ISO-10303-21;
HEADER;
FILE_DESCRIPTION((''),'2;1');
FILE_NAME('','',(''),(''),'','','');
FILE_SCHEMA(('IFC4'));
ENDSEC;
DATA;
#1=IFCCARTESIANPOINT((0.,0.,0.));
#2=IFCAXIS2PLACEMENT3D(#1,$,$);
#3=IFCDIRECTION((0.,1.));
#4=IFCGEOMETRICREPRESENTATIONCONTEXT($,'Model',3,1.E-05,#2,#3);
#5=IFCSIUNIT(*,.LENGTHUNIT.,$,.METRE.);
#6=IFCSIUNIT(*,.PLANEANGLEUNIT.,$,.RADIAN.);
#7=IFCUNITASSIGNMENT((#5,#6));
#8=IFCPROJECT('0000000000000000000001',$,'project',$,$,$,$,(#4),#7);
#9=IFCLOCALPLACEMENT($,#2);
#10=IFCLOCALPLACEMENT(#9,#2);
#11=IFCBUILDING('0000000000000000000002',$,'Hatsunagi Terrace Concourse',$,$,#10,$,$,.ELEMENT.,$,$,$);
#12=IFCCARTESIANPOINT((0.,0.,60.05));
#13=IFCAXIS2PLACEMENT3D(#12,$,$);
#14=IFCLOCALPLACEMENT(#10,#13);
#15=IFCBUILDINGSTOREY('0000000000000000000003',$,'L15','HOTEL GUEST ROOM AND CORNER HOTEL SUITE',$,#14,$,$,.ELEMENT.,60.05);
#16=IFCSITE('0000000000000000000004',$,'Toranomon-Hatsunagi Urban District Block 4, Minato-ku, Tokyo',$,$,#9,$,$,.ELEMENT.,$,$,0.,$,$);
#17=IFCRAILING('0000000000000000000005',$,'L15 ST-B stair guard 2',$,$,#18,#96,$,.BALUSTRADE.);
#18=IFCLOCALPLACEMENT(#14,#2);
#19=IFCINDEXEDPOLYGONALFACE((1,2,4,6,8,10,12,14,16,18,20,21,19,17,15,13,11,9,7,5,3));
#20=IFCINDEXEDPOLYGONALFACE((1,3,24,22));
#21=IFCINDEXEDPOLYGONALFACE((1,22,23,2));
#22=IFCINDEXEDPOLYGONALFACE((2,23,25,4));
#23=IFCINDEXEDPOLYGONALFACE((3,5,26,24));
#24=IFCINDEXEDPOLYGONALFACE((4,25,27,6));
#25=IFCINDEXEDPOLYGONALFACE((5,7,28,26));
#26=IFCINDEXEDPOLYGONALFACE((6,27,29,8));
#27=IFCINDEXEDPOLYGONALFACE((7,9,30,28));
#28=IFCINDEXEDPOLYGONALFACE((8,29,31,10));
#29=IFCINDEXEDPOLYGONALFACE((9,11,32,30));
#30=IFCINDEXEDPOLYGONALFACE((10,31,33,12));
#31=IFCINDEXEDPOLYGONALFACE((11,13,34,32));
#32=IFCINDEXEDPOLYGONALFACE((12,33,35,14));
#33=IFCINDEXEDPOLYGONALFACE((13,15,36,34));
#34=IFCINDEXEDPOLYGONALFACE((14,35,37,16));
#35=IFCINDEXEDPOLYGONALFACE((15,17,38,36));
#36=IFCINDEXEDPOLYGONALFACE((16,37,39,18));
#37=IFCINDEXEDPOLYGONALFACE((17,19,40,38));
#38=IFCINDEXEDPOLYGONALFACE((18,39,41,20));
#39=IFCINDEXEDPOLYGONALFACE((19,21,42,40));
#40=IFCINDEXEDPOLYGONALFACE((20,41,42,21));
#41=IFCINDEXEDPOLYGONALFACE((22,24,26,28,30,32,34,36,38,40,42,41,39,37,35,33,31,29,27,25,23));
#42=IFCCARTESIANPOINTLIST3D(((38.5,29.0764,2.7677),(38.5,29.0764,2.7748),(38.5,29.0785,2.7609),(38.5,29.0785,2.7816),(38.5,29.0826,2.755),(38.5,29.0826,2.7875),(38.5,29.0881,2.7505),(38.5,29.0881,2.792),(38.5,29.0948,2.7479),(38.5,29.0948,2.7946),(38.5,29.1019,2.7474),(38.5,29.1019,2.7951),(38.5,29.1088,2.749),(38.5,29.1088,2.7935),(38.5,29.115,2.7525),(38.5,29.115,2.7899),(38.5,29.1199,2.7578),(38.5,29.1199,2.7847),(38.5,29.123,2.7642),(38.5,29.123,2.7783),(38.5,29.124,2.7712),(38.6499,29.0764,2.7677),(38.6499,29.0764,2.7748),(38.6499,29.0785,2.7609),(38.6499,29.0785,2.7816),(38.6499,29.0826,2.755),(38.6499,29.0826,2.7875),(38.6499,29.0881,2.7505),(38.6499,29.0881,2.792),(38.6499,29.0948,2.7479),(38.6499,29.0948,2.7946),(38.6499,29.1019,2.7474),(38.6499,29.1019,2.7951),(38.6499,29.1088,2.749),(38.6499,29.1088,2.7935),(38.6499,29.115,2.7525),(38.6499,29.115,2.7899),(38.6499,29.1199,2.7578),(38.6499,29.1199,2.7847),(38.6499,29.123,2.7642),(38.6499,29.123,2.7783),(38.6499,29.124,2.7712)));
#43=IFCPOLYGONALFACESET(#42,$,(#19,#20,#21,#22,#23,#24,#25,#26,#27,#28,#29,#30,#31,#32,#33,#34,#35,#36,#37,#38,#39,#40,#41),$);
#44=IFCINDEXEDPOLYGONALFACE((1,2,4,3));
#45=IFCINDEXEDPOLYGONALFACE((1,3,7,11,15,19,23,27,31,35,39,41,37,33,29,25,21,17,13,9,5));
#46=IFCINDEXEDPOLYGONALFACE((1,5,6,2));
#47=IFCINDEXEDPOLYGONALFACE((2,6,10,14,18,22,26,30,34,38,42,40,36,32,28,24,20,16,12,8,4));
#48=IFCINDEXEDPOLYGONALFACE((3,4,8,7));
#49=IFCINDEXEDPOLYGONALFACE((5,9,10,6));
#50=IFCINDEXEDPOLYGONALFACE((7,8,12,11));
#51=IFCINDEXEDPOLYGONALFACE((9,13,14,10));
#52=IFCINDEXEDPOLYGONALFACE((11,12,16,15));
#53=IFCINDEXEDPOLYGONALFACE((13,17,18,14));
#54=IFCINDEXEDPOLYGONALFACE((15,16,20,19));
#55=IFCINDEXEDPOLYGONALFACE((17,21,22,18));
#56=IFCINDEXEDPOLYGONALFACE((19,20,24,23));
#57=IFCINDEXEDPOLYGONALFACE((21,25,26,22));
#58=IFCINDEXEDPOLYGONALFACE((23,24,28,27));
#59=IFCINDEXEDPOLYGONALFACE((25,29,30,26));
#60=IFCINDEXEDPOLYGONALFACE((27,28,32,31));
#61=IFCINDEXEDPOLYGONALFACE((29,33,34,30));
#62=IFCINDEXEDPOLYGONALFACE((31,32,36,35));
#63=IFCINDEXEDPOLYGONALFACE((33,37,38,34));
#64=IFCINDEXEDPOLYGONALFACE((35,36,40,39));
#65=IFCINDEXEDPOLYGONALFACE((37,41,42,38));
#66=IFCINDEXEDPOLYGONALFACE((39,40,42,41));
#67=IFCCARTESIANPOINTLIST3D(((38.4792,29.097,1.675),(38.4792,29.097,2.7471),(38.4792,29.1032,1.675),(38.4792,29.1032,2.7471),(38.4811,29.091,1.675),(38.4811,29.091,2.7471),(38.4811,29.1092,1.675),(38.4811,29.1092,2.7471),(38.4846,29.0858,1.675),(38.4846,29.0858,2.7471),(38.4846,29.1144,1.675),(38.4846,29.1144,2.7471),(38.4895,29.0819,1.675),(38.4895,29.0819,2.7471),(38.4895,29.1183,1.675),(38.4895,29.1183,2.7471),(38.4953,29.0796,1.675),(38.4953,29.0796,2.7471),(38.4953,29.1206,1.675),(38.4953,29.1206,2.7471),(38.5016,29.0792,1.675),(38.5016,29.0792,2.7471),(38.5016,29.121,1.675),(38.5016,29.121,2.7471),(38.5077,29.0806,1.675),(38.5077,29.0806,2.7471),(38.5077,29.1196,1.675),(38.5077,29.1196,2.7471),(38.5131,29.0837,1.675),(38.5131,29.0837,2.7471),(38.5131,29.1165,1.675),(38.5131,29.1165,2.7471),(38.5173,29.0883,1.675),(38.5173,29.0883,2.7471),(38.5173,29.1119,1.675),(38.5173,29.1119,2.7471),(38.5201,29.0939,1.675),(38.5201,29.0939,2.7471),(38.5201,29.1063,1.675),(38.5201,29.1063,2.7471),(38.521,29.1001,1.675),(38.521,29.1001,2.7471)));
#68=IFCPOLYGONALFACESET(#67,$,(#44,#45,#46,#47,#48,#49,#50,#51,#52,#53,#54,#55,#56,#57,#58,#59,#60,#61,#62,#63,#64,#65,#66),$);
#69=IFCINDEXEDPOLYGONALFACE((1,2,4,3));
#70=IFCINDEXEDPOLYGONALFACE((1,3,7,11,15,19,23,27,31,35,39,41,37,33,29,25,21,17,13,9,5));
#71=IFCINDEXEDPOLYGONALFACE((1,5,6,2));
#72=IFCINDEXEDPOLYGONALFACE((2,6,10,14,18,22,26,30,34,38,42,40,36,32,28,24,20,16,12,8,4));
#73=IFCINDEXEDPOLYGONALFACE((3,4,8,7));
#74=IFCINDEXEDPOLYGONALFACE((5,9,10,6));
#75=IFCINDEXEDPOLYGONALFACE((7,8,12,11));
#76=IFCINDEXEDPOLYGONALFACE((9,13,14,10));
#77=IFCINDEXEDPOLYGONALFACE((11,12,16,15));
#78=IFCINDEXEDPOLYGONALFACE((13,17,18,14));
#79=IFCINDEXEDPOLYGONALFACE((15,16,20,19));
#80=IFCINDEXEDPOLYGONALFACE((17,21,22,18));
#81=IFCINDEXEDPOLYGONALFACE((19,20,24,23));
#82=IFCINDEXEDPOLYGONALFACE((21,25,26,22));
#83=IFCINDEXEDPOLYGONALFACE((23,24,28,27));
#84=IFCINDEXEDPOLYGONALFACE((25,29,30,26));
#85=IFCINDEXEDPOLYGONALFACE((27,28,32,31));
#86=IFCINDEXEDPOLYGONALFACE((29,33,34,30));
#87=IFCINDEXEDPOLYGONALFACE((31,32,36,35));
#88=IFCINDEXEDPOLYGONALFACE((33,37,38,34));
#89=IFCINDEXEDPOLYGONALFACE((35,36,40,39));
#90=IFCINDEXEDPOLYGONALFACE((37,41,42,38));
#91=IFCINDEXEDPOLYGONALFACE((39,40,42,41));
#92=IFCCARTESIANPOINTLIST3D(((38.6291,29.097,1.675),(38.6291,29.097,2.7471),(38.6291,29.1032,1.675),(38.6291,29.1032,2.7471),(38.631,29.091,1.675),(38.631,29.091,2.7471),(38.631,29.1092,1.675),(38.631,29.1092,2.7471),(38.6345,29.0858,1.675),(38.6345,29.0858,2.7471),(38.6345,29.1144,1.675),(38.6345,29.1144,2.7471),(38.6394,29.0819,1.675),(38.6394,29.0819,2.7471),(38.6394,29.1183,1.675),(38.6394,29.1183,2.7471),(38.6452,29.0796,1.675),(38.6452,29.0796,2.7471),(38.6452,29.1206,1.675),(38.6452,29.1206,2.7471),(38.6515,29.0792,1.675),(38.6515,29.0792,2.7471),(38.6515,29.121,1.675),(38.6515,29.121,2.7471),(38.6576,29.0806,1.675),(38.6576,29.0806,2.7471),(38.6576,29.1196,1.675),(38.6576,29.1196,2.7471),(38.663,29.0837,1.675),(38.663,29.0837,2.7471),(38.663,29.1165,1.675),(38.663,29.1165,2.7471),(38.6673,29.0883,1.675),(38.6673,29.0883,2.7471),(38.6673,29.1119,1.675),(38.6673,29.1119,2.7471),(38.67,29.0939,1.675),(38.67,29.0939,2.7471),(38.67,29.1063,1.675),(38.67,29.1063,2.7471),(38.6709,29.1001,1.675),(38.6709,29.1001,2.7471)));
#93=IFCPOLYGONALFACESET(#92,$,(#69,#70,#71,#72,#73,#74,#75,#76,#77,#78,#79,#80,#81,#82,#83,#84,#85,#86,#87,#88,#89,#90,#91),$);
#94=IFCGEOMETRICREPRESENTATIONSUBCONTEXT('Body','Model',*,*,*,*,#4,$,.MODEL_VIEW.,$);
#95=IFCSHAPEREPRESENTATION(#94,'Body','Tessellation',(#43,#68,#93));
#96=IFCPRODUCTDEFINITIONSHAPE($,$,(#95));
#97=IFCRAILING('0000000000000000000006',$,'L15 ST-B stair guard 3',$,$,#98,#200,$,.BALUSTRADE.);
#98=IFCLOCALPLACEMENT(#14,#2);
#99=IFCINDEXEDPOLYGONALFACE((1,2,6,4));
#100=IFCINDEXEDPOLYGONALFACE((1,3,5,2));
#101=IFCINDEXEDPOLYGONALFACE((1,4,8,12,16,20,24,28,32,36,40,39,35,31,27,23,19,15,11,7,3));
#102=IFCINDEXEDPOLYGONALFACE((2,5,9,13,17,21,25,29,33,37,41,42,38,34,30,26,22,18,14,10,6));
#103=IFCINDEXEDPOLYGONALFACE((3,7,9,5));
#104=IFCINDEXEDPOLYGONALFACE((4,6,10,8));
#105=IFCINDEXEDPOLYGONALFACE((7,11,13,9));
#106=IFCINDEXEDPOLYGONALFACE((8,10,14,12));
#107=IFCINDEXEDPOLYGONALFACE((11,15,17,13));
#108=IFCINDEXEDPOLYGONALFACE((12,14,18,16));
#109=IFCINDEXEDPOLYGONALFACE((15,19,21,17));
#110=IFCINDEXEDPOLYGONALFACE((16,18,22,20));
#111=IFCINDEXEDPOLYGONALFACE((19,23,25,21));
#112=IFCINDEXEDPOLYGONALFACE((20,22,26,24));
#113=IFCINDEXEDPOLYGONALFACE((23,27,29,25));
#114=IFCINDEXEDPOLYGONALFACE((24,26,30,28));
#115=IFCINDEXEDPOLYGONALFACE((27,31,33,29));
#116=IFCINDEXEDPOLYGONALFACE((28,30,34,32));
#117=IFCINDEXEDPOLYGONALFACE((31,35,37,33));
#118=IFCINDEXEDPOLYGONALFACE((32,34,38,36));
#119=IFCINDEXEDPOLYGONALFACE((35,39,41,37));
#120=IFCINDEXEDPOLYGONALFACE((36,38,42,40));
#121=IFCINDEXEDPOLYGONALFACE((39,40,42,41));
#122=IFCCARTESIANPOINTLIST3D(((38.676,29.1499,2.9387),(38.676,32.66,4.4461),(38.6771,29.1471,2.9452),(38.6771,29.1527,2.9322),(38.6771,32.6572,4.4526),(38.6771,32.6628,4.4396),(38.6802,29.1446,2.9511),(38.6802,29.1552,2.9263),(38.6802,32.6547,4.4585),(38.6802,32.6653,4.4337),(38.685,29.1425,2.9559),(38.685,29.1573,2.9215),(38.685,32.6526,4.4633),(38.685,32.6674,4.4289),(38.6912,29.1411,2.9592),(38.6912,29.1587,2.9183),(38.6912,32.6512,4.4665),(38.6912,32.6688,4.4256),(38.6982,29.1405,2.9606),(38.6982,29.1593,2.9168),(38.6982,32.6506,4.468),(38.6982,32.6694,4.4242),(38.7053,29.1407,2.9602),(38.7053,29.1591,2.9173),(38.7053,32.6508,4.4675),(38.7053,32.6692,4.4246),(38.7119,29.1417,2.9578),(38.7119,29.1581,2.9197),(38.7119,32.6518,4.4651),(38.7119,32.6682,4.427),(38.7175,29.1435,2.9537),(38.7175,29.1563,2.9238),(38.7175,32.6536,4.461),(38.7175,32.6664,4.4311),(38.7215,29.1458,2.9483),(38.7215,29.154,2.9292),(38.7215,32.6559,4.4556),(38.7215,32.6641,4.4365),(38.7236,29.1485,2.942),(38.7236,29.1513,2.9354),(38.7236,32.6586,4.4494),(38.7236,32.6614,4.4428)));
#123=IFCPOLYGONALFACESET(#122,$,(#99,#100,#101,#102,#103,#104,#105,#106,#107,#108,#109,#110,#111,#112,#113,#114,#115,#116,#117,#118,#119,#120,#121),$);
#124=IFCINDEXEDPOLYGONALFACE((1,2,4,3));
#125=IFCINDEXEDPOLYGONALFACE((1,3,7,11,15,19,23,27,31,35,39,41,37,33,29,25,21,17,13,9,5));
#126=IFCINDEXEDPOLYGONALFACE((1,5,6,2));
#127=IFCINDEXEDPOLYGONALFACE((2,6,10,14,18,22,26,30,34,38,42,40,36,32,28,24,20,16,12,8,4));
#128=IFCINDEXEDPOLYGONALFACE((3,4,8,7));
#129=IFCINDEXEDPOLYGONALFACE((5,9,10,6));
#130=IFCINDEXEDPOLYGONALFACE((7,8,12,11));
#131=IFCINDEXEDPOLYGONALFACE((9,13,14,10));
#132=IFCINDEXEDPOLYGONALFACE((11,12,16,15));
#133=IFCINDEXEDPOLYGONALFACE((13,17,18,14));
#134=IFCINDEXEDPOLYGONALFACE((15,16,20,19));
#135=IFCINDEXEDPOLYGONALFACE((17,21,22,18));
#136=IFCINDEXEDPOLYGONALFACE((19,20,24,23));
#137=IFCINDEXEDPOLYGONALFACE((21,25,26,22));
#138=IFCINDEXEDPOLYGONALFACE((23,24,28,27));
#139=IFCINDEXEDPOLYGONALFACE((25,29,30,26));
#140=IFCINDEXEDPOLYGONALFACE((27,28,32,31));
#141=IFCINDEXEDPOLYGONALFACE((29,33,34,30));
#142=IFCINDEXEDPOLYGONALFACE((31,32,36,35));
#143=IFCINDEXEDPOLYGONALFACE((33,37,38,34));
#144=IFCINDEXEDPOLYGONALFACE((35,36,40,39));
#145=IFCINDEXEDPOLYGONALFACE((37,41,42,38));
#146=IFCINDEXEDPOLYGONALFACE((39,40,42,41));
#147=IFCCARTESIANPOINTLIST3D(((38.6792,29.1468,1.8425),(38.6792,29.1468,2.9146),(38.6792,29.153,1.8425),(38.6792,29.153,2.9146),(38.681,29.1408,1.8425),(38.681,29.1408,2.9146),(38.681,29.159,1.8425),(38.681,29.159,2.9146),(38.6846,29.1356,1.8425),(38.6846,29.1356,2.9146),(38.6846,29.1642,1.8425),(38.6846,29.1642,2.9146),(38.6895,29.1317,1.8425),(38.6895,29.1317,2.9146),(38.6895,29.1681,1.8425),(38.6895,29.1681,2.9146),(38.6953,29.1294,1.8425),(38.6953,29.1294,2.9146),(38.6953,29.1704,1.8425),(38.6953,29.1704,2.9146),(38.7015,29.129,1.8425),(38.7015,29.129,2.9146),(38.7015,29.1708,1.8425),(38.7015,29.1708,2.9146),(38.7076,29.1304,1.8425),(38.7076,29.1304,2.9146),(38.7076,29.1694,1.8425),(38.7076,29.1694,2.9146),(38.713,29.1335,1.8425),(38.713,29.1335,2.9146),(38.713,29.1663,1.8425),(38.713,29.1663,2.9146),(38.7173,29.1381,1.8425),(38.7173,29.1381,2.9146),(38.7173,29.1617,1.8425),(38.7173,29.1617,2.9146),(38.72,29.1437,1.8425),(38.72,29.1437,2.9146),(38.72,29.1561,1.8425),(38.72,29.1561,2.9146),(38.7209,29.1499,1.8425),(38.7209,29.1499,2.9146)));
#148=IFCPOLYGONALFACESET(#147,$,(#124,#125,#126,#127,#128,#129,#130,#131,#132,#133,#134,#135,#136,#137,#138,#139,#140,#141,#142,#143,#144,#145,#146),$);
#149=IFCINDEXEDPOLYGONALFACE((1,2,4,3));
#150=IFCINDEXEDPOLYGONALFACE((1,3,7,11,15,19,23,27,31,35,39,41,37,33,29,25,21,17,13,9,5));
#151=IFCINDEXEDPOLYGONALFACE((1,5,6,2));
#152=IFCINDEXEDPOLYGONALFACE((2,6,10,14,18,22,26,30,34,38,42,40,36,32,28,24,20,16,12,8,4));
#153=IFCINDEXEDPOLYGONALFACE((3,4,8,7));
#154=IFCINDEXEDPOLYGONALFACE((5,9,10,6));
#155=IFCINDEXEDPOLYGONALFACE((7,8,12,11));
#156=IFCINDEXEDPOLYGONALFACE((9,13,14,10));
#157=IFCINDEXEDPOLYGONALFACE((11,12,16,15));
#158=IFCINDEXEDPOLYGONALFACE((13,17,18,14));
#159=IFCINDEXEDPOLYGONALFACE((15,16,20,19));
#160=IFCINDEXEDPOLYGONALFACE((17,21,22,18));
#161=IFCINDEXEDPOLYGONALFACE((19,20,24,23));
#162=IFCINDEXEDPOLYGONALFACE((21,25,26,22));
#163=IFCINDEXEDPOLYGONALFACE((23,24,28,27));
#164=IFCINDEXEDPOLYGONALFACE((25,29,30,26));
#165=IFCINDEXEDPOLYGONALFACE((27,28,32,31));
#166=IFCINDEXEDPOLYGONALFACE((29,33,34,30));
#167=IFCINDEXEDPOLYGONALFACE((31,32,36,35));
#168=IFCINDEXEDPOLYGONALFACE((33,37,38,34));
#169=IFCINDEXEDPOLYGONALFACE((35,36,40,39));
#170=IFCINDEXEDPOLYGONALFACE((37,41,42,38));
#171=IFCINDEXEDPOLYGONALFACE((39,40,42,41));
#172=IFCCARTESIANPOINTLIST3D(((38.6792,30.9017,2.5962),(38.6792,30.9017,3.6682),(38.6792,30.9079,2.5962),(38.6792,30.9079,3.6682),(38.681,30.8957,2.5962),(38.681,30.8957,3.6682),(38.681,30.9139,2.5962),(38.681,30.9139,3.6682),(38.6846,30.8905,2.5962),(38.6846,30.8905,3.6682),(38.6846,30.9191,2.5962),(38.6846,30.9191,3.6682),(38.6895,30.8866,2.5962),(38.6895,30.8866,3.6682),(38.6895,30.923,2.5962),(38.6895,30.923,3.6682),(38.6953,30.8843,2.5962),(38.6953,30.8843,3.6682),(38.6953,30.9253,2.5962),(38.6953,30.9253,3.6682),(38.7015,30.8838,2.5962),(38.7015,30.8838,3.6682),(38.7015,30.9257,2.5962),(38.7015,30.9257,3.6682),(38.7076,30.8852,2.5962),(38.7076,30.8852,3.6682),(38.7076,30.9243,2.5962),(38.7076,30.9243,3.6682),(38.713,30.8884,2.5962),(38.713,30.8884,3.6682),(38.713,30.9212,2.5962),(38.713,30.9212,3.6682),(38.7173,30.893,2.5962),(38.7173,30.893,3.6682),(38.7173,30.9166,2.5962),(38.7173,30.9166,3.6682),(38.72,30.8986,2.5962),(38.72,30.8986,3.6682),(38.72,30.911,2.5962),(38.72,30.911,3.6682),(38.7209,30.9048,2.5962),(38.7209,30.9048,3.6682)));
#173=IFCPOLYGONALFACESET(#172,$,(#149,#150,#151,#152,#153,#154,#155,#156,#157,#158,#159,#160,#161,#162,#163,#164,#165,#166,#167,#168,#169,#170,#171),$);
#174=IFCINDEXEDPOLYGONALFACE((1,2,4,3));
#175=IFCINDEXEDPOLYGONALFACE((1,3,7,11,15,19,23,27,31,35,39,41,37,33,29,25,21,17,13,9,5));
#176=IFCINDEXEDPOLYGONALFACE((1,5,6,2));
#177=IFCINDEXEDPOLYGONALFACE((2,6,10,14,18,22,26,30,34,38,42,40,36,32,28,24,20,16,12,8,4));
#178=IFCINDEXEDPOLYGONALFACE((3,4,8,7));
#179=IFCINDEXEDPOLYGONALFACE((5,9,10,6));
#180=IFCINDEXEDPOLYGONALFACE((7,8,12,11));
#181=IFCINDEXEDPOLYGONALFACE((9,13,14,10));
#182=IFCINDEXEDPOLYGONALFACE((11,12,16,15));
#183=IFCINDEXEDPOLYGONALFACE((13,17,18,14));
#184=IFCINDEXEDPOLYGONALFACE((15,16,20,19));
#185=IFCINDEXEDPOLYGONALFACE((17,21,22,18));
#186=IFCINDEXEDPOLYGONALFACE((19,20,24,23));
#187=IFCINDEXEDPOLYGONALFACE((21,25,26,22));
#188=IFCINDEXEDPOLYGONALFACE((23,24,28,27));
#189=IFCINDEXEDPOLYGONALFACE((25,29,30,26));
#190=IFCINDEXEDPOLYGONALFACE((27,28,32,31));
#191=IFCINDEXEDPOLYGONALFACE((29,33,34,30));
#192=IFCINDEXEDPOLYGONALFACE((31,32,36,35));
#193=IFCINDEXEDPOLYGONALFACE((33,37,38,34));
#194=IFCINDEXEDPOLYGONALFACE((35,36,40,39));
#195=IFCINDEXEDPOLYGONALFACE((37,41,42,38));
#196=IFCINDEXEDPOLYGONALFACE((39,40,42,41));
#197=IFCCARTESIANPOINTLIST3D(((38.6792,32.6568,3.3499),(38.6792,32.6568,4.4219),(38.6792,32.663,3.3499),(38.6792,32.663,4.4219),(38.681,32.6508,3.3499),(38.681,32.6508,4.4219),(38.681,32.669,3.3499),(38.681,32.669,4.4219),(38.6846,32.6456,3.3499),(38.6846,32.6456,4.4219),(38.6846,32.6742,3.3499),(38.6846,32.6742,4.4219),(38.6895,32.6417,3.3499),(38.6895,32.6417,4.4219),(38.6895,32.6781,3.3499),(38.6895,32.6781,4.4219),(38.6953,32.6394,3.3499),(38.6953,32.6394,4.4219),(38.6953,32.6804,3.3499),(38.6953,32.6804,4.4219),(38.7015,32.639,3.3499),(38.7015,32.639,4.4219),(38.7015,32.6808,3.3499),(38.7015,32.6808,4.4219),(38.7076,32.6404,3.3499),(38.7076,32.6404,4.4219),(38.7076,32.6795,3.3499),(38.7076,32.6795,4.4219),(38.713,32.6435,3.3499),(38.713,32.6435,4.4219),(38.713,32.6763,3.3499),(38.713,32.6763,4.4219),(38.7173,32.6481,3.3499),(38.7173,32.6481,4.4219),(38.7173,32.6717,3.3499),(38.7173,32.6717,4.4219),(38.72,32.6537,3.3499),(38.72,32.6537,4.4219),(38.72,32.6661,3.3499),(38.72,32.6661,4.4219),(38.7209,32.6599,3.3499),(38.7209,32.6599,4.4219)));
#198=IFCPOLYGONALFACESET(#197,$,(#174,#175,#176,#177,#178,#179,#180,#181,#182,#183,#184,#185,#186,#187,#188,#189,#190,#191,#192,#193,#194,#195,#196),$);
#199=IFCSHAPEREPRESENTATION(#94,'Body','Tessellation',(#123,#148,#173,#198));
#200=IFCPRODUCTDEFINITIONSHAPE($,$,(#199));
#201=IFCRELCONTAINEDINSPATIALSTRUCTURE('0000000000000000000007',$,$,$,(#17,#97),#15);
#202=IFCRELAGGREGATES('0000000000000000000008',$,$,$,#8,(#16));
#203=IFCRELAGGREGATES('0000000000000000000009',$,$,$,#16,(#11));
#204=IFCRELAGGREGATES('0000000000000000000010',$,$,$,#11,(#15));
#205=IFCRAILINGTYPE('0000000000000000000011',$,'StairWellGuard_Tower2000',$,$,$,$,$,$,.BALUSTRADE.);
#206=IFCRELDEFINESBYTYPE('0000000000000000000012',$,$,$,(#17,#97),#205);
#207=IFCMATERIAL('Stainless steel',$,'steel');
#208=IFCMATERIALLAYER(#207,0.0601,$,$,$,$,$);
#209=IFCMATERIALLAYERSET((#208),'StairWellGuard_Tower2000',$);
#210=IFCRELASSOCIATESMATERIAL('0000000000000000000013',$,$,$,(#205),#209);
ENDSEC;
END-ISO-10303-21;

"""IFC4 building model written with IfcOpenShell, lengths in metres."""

from ifc_helpers import new_model, si_unit, direction, frame, origin, origin_2d, place, context, subcontext, project, spatial, circle, extrude, material, layer, layer_set, type_object, element, save


model = new_model("IFC4")

# Units and contexts
model_context = context("Model", 3, precision=1e-05, world=origin(), true_north=direction((0.0, 1.0)))
body_context = subcontext(model_context, "Body", "Model", "MODEL_VIEW")
ifc_project = project(units=[si_unit("LENGTHUNIT", "METRE"), si_unit("PLANEANGLEUNIT", "RADIAN")], contexts=[model_context])

# Site, building, storey
site_placement = place(None, origin())
site = spatial("IfcSite", under=ifc_project, at=site_placement, Name="Toranomon-Hatsunagi Urban District Block 4, Minato-ku, Tokyo", CompositionType="ELEMENT", RefElevation=0.0)
building_placement = place(site_placement, origin())
building = spatial("IfcBuilding", under=site, at=building_placement, Name="Hatsunagi Terrace Concourse", CompositionType="ELEMENT")
storey_placement = place(building_placement, frame((0.0, 0.0, 60.05)))
storey = spatial("IfcBuildingStorey", under=building, at=storey_placement, Name="L15", Description="HOTEL GUEST ROOM AND CORNER HOTEL SUITE", CompositionType="ELEMENT", Elevation=60.05)

# Railings
ifc_material_1 = material(Name="Stainless steel", Category="steel")
ifc_layer_1 = layer(ifc_material_1, 0.0601)
ifc_layer_set_1 = layer_set([ifc_layer_1], Name="StairWellGuard_Tower2000")
railing_type_1 = type_object("IfcRailingType", Name="StairWellGuard_Tower2000", PredefinedType="BALUSTRADE", material=ifc_layer_set_1)
railing_1_placement = place(storey_placement, frame((38.5, 29.1001, 1.675)))
element("IfcRailing", 1, at=railing_1_placement, inside=storey, type_object=railing_type_1, Name="L15 ST-B stair guard 2", PredefinedType="BALUSTRADE", context=body_context, shape_type="SweptSolid", body=[
    extrude(circle(Radius=0.0239, at=origin_2d()), frame((0.0, 0.0, 1.0962), z_axis=(1.0, 0.0, 0.0), x_axis=(0.0, 1.0, 0.0)), (0.0, 0.0, 1.0), 0.1499),
    extrude(circle(Radius=0.021, at=origin_2d()), origin(), (0.0, 0.0, 1.0), 1.072),
    extrude(circle(Radius=0.021, at=origin_2d()), frame((0.1499, 0.0, 0.0)), (0.0, 0.0, 1.0), 1.072),
])
railing_2_placement = place(storey_placement, frame((38.7, 29.1499, 1.8425)))
element("IfcRailing", 2, at=railing_2_placement, inside=storey, type_object=railing_type_1, Name="L15 ST-B stair guard 3", PredefinedType="BALUSTRADE", context=body_context, shape_type="SweptSolid", body=[
    extrude(circle(Radius=0.0239, at=origin_2d()), frame((0.0, 0.0, 1.0962), z_axis=(0.0, 0.918857, 0.39459), x_axis=(-1.0, 0.0, 0.0)), (0.0, 0.0, 1.0), 3.8201),
    extrude(circle(Radius=0.021, at=origin_2d()), origin(), (0.0, 0.0, 1.0), 1.072),
    extrude(circle(Radius=0.021, at=origin_2d()), frame((0.0, 1.7549, 0.7537)), (0.0, 0.0, 1.0), 1.072),
    extrude(circle(Radius=0.021, at=origin_2d()), frame((0.0, 3.51, 1.5073)), (0.0, 0.0, 1.0), 1.072),
])

save(model, "model.ifc")
